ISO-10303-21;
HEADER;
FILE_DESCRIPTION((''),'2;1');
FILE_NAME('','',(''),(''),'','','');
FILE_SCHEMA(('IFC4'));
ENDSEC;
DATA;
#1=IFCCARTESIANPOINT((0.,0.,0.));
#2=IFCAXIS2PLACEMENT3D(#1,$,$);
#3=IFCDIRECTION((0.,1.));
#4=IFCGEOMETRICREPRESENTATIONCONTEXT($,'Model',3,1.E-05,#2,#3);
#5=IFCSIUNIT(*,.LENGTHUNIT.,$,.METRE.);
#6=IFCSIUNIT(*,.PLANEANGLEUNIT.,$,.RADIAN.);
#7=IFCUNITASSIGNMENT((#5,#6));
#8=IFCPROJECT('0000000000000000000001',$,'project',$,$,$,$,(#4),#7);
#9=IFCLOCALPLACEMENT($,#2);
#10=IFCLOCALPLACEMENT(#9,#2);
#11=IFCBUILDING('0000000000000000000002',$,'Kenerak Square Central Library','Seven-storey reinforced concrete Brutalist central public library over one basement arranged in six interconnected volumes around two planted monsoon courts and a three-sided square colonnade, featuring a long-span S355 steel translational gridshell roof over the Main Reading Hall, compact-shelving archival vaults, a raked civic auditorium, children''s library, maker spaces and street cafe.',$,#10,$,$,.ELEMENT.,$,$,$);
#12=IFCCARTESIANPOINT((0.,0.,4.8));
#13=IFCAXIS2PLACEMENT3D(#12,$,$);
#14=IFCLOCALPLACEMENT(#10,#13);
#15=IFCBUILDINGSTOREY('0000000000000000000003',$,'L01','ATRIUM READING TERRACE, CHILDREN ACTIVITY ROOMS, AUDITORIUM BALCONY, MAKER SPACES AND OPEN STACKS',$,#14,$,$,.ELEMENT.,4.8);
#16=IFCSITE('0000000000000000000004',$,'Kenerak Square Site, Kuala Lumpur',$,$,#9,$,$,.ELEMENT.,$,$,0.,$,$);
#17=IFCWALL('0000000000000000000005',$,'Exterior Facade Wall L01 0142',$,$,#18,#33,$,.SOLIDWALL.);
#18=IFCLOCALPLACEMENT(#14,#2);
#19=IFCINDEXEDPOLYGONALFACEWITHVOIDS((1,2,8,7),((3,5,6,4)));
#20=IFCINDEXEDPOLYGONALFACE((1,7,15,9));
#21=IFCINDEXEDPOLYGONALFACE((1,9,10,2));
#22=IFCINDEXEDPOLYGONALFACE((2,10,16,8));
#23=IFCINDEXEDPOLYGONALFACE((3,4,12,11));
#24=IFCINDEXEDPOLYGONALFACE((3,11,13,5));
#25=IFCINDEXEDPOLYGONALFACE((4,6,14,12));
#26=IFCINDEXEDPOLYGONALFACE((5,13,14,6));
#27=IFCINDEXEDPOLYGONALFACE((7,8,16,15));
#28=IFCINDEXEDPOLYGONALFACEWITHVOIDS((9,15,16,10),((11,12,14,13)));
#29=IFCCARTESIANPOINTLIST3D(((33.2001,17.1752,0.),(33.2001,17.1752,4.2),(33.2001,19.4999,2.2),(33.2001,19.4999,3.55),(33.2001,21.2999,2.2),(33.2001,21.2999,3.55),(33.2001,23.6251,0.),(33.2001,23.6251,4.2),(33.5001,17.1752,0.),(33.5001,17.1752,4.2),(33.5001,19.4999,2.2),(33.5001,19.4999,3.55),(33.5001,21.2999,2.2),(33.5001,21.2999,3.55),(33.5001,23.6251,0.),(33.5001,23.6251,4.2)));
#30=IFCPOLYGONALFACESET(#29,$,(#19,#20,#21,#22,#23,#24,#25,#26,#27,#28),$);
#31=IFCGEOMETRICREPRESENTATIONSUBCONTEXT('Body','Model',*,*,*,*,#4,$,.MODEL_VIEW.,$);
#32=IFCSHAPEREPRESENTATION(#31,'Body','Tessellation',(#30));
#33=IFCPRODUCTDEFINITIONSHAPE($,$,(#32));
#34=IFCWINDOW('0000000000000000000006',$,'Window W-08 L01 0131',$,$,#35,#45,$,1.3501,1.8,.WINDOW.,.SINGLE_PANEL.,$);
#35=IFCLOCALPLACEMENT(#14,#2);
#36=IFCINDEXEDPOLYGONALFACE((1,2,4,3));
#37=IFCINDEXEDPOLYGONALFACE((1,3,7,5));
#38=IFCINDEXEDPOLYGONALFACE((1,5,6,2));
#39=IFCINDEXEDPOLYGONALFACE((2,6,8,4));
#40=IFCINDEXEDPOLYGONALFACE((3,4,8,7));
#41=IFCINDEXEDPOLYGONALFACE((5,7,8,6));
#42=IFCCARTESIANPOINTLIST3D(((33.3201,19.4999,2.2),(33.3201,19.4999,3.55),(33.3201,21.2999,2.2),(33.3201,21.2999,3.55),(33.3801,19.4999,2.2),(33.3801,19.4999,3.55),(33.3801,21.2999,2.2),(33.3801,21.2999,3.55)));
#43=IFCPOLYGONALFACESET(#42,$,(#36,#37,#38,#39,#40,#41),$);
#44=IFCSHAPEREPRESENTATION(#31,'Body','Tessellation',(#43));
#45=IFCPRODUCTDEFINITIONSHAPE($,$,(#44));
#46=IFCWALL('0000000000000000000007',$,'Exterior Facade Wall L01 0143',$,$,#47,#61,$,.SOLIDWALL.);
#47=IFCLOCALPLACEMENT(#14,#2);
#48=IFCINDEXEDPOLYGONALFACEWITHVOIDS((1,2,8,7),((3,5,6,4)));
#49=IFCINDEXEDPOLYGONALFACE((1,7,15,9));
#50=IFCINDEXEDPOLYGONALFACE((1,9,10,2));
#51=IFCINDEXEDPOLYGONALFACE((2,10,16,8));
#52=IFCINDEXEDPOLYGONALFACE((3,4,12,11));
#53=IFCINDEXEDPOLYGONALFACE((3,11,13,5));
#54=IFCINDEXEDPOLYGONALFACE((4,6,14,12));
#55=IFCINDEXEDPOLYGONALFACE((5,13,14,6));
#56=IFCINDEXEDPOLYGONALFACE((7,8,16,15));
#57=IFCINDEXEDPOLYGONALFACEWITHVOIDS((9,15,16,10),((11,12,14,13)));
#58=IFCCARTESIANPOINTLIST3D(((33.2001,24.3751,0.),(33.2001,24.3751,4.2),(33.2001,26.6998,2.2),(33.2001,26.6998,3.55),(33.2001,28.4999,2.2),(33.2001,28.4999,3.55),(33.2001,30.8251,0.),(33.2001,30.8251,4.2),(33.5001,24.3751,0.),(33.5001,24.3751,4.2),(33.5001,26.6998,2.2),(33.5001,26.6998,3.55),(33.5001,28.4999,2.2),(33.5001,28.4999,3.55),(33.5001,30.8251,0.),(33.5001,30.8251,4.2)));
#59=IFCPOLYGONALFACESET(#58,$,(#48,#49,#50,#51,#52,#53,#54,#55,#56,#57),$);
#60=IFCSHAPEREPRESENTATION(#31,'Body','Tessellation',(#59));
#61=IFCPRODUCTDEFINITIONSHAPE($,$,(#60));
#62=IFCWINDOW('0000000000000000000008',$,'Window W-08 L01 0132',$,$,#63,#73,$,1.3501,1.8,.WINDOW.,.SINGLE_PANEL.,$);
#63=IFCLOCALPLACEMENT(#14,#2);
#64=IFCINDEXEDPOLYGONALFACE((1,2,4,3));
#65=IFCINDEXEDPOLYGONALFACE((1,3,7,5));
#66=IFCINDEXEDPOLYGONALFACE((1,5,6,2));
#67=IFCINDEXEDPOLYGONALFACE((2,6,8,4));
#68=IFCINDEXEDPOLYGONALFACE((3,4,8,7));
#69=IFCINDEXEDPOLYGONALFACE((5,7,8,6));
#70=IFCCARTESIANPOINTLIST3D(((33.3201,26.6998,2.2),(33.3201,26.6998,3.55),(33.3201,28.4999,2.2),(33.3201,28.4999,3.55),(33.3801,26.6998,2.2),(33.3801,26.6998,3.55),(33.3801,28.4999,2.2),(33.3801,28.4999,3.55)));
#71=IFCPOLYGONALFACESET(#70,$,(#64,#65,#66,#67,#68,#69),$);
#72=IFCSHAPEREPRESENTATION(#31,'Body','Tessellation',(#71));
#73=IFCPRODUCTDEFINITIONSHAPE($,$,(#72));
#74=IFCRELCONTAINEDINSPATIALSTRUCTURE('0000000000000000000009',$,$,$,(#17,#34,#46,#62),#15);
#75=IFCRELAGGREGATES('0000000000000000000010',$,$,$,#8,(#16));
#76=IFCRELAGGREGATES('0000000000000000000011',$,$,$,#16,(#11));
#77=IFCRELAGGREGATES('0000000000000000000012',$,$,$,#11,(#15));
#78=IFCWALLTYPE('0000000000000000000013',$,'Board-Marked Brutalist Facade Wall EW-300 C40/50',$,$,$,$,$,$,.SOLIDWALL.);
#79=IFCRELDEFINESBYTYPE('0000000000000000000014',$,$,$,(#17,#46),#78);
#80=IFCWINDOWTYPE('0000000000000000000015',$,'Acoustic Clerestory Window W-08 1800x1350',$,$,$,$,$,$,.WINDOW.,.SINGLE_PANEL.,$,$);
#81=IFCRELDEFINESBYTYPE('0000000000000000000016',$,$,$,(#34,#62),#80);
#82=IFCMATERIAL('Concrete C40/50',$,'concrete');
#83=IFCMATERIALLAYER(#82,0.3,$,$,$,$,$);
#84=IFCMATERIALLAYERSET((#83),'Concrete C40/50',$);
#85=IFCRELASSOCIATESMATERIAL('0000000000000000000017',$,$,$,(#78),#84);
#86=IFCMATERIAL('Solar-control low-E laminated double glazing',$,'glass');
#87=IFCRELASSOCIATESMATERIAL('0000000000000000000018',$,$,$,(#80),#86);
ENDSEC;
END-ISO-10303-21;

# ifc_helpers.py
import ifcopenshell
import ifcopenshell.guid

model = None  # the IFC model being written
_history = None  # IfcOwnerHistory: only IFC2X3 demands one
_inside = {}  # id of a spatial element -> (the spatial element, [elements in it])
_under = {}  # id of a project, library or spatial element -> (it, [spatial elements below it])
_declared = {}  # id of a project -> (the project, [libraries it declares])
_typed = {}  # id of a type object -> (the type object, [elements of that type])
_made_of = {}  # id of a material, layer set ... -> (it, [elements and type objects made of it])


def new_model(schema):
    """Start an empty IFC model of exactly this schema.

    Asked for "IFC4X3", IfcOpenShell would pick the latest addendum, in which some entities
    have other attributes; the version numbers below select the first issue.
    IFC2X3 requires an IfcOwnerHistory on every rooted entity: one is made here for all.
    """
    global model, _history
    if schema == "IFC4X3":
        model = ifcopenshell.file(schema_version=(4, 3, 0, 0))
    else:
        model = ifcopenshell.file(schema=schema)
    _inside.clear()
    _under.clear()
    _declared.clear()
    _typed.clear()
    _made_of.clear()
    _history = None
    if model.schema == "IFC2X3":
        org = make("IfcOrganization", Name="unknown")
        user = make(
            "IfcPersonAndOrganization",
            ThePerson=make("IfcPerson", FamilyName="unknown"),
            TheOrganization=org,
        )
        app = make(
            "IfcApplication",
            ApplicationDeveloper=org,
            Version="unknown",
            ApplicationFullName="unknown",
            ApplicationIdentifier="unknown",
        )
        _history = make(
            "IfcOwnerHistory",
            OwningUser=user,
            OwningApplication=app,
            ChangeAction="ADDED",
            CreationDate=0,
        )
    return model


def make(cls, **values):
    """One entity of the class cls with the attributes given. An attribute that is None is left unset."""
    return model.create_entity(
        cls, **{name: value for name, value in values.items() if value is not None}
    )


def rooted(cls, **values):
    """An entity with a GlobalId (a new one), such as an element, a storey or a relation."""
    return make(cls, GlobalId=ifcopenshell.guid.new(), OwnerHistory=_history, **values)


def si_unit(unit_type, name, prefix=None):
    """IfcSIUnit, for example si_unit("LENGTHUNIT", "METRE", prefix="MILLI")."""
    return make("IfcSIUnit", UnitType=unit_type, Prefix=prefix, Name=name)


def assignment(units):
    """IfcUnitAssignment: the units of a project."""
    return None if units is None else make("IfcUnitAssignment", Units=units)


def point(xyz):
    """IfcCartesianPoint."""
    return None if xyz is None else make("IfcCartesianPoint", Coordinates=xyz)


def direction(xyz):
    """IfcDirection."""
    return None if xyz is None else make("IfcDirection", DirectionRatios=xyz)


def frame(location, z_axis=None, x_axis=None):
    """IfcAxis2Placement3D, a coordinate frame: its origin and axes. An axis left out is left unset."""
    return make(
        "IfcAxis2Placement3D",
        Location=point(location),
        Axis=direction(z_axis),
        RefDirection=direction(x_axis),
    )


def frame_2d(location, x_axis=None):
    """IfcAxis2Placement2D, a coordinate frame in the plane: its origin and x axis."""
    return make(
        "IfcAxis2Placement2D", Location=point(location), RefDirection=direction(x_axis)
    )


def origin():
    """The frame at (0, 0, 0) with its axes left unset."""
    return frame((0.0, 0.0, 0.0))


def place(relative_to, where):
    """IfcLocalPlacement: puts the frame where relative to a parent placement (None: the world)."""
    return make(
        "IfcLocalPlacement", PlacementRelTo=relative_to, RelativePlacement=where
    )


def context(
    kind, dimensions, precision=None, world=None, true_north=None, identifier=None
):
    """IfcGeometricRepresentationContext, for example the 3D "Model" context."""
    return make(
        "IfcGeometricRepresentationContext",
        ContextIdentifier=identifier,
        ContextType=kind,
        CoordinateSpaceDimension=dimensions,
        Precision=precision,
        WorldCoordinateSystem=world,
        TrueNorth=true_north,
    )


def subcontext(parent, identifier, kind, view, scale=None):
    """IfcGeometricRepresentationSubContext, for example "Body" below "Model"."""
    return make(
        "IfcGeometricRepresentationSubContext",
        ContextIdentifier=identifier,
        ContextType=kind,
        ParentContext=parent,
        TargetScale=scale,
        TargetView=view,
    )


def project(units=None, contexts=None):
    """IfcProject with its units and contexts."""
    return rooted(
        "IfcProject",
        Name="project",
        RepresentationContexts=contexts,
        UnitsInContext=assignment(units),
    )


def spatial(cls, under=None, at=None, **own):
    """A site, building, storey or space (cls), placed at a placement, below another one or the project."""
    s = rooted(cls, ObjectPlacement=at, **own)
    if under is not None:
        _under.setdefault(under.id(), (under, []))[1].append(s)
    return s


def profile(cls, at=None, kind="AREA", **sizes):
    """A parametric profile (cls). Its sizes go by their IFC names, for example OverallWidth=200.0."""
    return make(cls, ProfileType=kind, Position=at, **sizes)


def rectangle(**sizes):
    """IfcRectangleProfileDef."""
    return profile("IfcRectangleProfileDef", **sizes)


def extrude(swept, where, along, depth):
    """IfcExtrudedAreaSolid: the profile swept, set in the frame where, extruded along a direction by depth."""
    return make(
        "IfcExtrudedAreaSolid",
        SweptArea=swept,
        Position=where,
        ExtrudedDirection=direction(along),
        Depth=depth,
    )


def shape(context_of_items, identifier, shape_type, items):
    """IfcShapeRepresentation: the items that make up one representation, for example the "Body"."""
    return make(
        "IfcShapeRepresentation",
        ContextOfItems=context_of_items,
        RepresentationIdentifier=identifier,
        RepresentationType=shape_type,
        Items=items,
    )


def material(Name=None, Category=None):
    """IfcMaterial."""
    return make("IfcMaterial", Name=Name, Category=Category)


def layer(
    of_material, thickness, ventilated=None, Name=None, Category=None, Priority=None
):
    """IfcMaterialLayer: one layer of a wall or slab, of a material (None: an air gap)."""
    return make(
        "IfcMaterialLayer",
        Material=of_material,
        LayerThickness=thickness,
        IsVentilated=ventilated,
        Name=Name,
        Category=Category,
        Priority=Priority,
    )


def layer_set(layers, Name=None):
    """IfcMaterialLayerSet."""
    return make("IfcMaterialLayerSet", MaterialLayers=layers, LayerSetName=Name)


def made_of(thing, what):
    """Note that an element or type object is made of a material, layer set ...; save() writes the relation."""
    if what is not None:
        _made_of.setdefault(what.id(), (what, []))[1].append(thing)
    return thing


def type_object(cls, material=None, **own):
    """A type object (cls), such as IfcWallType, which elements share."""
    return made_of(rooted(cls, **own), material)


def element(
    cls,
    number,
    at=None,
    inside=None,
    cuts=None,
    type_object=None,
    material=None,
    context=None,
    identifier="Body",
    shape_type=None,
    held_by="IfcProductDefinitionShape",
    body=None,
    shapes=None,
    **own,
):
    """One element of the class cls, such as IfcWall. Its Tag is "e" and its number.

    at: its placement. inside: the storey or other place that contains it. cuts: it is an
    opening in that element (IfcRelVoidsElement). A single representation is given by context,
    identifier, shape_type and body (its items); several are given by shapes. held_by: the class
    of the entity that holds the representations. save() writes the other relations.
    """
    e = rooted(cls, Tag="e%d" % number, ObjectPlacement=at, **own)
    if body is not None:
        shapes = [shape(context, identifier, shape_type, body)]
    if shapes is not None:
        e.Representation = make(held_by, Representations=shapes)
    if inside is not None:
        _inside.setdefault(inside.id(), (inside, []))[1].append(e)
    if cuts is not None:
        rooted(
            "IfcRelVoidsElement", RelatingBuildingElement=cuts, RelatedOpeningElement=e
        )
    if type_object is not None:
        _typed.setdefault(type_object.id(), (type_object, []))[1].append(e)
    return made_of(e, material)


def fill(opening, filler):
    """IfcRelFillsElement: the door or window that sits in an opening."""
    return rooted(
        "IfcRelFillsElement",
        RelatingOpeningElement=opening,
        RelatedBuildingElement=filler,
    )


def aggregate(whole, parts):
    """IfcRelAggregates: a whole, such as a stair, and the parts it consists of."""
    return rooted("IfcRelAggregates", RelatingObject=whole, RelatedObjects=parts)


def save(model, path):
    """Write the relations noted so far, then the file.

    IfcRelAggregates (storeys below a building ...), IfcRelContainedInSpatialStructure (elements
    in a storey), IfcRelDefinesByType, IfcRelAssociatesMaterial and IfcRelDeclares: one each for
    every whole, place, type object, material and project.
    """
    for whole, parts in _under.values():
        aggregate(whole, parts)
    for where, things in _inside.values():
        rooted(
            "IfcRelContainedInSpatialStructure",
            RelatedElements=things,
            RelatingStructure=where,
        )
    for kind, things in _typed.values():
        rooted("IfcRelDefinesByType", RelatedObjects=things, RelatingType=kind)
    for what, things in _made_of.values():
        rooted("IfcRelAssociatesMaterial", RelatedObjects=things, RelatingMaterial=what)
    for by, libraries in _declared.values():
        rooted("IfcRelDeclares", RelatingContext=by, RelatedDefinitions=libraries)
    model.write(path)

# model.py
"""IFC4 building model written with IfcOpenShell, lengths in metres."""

from ifc_helpers import new_model, si_unit, direction, frame, frame_2d, origin, place, context, subcontext, project, spatial, rectangle, extrude, material, layer, layer_set, type_object, element, fill, save


model = new_model("IFC4")

# Units and contexts
model_context = context("Model", 3, precision=1e-05, world=origin(), true_north=direction((0.0, 1.0)))
body_context = subcontext(model_context, "Body", "Model", "MODEL_VIEW")
ifc_project = project(units=[si_unit("LENGTHUNIT", "METRE"), si_unit("PLANEANGLEUNIT", "RADIAN")], contexts=[model_context])

# Site, building, storey
site_placement = place(None, origin())
site = spatial("IfcSite", under=ifc_project, at=site_placement, Name="Kenerak Square Site, Kuala Lumpur", CompositionType="ELEMENT", RefElevation=0.0)
building_placement = place(site_placement, origin())
building = spatial("IfcBuilding", under=site, at=building_placement, Name="Kenerak Square Central Library", Description="Seven-storey reinforced concrete Brutalist central public library over one basement arranged in six interconnected volumes around two planted monsoon courts and a three-sided square colonnade, featuring a long-span S355 steel translational gridshell roof over the Main Reading Hall, compact-shelving archival vaults, a raked civic auditorium, children's library, maker spaces and street cafe.", CompositionType="ELEMENT")
storey_placement = place(building_placement, frame((0.0, 0.0, 4.8)))
storey = spatial("IfcBuildingStorey", under=building, at=storey_placement, Name="L01", Description="ATRIUM READING TERRACE, CHILDREN ACTIVITY ROOMS, AUDITORIUM BALCONY, MAKER SPACES AND OPEN STACKS", CompositionType="ELEMENT", Elevation=4.8)

# Shared definitions
ifc_material_1 = material(Name="Concrete C40/50", Category="concrete")

# Shared definitions
ifc_material_2 = material(Name="Solar-control low-E laminated double glazing", Category="glass")

# Walls, openings, windows
ifc_layer_1 = layer(ifc_material_1, 0.3)
ifc_layer_set_1 = layer_set([ifc_layer_1], Name="Concrete C40/50")
wall_type_1 = type_object("IfcWallType", Name="Board-Marked Brutalist Facade Wall EW-300 C40/50", PredefinedType="SOLIDWALL", material=ifc_layer_set_1)
wall_1_placement = place(storey_placement, frame((33.3501, 17.175, 0.0), z_axis=(0.0, 0.0, 1.0), x_axis=(0.0, 1.0, 0.0)))
wall_1 = element("IfcWall", 1, at=wall_1_placement, inside=storey, type_object=wall_type_1, Name="Exterior Facade Wall L01 0142", PredefinedType="SOLIDWALL", context=body_context, shape_type="SweptSolid", body=[
    extrude(rectangle(XDim=6.45, YDim=0.3, at=frame_2d((3.2251, 0.0))), origin(), (0.0, 0.0, 1.0), 4.2),
])
opening_1_placement = place(wall_1_placement, frame((2.325, 0.0, 2.2)))
opening_1 = element("IfcOpeningElement", 2, at=opening_1_placement, cuts=wall_1, PredefinedType="OPENING", context=body_context, shape_type="SweptSolid", body=[
    extrude(rectangle(XDim=1.8, YDim=1.3501, at=frame_2d((0.8999, 0.675))), frame((0.0, 0.1599, 0.0), z_axis=(0.0, -1.0, 0.0), x_axis=(1.0, 0.0, 0.0)), (0.0, 0.0, 1.0), 0.3201),
])
window_type = type_object("IfcWindowType", Name="Acoustic Clerestory Window W-08 1800x1350", PartitioningType="SINGLE_PANEL", PredefinedType="WINDOW", material=ifc_material_2)
window_1_placement = place(opening_1_placement, origin())
window_1 = element("IfcWindow", 3, at=window_1_placement, inside=storey, type_object=window_type, Name="Window W-08 L01 0131", OverallHeight=1.3501, OverallWidth=1.8, PartitioningType="SINGLE_PANEL", PredefinedType="WINDOW", context=body_context, shape_type="SweptSolid", body=[
    extrude(rectangle(XDim=1.8, YDim=1.3501, at=frame_2d((0.8999, 0.675))), frame((0.0, 0.03, 0.0), z_axis=(0.0, -1.0, 0.0), x_axis=(1.0, 0.0, 0.0)), (0.0, 0.0, 1.0), 0.0601),
])
fill(opening_1, window_1)
wall_2_placement = place(storey_placement, frame((33.3501, 24.375, 0.0), z_axis=(0.0, 0.0, 1.0), x_axis=(0.0, 1.0, 0.0)))
wall_2 = element("IfcWall", 4, at=wall_2_placement, inside=storey, type_object=wall_type_1, Name="Exterior Facade Wall L01 0143", PredefinedType="SOLIDWALL", context=body_context, shape_type="SweptSolid", body=[
    extrude(rectangle(XDim=6.45, YDim=0.3, at=frame_2d((3.2251, 0.0))), origin(), (0.0, 0.0, 1.0), 4.2),
])
opening_2_placement = place(wall_2_placement, frame((2.325, 0.0, 2.2)))
opening_2 = element("IfcOpeningElement", 5, at=opening_2_placement, cuts=wall_2, PredefinedType="OPENING", context=body_context, shape_type="SweptSolid", body=[
    extrude(rectangle(XDim=1.8, YDim=1.3501, at=frame_2d((0.8999, 0.675))), frame((0.0, 0.1599, 0.0), z_axis=(0.0, -1.0, 0.0), x_axis=(1.0, 0.0, 0.0)), (0.0, 0.0, 1.0), 0.3201),
])
window_2_placement = place(opening_2_placement, origin())
window_2 = element("IfcWindow", 6, at=window_2_placement, inside=storey, type_object=window_type, Name="Window W-08 L01 0132", OverallHeight=1.3501, OverallWidth=1.8, PartitioningType="SINGLE_PANEL", PredefinedType="WINDOW", context=body_context, shape_type="SweptSolid", body=[
    extrude(rectangle(XDim=1.8, YDim=1.3501, at=frame_2d((0.8999, 0.675))), frame((0.0, 0.03, 0.0), z_axis=(0.0, -1.0, 0.0), x_axis=(1.0, 0.0, 0.0)), (0.0, 0.0, 1.0), 0.0601),
])
fill(opening_2, window_2)

save(model, "model.ifc")
